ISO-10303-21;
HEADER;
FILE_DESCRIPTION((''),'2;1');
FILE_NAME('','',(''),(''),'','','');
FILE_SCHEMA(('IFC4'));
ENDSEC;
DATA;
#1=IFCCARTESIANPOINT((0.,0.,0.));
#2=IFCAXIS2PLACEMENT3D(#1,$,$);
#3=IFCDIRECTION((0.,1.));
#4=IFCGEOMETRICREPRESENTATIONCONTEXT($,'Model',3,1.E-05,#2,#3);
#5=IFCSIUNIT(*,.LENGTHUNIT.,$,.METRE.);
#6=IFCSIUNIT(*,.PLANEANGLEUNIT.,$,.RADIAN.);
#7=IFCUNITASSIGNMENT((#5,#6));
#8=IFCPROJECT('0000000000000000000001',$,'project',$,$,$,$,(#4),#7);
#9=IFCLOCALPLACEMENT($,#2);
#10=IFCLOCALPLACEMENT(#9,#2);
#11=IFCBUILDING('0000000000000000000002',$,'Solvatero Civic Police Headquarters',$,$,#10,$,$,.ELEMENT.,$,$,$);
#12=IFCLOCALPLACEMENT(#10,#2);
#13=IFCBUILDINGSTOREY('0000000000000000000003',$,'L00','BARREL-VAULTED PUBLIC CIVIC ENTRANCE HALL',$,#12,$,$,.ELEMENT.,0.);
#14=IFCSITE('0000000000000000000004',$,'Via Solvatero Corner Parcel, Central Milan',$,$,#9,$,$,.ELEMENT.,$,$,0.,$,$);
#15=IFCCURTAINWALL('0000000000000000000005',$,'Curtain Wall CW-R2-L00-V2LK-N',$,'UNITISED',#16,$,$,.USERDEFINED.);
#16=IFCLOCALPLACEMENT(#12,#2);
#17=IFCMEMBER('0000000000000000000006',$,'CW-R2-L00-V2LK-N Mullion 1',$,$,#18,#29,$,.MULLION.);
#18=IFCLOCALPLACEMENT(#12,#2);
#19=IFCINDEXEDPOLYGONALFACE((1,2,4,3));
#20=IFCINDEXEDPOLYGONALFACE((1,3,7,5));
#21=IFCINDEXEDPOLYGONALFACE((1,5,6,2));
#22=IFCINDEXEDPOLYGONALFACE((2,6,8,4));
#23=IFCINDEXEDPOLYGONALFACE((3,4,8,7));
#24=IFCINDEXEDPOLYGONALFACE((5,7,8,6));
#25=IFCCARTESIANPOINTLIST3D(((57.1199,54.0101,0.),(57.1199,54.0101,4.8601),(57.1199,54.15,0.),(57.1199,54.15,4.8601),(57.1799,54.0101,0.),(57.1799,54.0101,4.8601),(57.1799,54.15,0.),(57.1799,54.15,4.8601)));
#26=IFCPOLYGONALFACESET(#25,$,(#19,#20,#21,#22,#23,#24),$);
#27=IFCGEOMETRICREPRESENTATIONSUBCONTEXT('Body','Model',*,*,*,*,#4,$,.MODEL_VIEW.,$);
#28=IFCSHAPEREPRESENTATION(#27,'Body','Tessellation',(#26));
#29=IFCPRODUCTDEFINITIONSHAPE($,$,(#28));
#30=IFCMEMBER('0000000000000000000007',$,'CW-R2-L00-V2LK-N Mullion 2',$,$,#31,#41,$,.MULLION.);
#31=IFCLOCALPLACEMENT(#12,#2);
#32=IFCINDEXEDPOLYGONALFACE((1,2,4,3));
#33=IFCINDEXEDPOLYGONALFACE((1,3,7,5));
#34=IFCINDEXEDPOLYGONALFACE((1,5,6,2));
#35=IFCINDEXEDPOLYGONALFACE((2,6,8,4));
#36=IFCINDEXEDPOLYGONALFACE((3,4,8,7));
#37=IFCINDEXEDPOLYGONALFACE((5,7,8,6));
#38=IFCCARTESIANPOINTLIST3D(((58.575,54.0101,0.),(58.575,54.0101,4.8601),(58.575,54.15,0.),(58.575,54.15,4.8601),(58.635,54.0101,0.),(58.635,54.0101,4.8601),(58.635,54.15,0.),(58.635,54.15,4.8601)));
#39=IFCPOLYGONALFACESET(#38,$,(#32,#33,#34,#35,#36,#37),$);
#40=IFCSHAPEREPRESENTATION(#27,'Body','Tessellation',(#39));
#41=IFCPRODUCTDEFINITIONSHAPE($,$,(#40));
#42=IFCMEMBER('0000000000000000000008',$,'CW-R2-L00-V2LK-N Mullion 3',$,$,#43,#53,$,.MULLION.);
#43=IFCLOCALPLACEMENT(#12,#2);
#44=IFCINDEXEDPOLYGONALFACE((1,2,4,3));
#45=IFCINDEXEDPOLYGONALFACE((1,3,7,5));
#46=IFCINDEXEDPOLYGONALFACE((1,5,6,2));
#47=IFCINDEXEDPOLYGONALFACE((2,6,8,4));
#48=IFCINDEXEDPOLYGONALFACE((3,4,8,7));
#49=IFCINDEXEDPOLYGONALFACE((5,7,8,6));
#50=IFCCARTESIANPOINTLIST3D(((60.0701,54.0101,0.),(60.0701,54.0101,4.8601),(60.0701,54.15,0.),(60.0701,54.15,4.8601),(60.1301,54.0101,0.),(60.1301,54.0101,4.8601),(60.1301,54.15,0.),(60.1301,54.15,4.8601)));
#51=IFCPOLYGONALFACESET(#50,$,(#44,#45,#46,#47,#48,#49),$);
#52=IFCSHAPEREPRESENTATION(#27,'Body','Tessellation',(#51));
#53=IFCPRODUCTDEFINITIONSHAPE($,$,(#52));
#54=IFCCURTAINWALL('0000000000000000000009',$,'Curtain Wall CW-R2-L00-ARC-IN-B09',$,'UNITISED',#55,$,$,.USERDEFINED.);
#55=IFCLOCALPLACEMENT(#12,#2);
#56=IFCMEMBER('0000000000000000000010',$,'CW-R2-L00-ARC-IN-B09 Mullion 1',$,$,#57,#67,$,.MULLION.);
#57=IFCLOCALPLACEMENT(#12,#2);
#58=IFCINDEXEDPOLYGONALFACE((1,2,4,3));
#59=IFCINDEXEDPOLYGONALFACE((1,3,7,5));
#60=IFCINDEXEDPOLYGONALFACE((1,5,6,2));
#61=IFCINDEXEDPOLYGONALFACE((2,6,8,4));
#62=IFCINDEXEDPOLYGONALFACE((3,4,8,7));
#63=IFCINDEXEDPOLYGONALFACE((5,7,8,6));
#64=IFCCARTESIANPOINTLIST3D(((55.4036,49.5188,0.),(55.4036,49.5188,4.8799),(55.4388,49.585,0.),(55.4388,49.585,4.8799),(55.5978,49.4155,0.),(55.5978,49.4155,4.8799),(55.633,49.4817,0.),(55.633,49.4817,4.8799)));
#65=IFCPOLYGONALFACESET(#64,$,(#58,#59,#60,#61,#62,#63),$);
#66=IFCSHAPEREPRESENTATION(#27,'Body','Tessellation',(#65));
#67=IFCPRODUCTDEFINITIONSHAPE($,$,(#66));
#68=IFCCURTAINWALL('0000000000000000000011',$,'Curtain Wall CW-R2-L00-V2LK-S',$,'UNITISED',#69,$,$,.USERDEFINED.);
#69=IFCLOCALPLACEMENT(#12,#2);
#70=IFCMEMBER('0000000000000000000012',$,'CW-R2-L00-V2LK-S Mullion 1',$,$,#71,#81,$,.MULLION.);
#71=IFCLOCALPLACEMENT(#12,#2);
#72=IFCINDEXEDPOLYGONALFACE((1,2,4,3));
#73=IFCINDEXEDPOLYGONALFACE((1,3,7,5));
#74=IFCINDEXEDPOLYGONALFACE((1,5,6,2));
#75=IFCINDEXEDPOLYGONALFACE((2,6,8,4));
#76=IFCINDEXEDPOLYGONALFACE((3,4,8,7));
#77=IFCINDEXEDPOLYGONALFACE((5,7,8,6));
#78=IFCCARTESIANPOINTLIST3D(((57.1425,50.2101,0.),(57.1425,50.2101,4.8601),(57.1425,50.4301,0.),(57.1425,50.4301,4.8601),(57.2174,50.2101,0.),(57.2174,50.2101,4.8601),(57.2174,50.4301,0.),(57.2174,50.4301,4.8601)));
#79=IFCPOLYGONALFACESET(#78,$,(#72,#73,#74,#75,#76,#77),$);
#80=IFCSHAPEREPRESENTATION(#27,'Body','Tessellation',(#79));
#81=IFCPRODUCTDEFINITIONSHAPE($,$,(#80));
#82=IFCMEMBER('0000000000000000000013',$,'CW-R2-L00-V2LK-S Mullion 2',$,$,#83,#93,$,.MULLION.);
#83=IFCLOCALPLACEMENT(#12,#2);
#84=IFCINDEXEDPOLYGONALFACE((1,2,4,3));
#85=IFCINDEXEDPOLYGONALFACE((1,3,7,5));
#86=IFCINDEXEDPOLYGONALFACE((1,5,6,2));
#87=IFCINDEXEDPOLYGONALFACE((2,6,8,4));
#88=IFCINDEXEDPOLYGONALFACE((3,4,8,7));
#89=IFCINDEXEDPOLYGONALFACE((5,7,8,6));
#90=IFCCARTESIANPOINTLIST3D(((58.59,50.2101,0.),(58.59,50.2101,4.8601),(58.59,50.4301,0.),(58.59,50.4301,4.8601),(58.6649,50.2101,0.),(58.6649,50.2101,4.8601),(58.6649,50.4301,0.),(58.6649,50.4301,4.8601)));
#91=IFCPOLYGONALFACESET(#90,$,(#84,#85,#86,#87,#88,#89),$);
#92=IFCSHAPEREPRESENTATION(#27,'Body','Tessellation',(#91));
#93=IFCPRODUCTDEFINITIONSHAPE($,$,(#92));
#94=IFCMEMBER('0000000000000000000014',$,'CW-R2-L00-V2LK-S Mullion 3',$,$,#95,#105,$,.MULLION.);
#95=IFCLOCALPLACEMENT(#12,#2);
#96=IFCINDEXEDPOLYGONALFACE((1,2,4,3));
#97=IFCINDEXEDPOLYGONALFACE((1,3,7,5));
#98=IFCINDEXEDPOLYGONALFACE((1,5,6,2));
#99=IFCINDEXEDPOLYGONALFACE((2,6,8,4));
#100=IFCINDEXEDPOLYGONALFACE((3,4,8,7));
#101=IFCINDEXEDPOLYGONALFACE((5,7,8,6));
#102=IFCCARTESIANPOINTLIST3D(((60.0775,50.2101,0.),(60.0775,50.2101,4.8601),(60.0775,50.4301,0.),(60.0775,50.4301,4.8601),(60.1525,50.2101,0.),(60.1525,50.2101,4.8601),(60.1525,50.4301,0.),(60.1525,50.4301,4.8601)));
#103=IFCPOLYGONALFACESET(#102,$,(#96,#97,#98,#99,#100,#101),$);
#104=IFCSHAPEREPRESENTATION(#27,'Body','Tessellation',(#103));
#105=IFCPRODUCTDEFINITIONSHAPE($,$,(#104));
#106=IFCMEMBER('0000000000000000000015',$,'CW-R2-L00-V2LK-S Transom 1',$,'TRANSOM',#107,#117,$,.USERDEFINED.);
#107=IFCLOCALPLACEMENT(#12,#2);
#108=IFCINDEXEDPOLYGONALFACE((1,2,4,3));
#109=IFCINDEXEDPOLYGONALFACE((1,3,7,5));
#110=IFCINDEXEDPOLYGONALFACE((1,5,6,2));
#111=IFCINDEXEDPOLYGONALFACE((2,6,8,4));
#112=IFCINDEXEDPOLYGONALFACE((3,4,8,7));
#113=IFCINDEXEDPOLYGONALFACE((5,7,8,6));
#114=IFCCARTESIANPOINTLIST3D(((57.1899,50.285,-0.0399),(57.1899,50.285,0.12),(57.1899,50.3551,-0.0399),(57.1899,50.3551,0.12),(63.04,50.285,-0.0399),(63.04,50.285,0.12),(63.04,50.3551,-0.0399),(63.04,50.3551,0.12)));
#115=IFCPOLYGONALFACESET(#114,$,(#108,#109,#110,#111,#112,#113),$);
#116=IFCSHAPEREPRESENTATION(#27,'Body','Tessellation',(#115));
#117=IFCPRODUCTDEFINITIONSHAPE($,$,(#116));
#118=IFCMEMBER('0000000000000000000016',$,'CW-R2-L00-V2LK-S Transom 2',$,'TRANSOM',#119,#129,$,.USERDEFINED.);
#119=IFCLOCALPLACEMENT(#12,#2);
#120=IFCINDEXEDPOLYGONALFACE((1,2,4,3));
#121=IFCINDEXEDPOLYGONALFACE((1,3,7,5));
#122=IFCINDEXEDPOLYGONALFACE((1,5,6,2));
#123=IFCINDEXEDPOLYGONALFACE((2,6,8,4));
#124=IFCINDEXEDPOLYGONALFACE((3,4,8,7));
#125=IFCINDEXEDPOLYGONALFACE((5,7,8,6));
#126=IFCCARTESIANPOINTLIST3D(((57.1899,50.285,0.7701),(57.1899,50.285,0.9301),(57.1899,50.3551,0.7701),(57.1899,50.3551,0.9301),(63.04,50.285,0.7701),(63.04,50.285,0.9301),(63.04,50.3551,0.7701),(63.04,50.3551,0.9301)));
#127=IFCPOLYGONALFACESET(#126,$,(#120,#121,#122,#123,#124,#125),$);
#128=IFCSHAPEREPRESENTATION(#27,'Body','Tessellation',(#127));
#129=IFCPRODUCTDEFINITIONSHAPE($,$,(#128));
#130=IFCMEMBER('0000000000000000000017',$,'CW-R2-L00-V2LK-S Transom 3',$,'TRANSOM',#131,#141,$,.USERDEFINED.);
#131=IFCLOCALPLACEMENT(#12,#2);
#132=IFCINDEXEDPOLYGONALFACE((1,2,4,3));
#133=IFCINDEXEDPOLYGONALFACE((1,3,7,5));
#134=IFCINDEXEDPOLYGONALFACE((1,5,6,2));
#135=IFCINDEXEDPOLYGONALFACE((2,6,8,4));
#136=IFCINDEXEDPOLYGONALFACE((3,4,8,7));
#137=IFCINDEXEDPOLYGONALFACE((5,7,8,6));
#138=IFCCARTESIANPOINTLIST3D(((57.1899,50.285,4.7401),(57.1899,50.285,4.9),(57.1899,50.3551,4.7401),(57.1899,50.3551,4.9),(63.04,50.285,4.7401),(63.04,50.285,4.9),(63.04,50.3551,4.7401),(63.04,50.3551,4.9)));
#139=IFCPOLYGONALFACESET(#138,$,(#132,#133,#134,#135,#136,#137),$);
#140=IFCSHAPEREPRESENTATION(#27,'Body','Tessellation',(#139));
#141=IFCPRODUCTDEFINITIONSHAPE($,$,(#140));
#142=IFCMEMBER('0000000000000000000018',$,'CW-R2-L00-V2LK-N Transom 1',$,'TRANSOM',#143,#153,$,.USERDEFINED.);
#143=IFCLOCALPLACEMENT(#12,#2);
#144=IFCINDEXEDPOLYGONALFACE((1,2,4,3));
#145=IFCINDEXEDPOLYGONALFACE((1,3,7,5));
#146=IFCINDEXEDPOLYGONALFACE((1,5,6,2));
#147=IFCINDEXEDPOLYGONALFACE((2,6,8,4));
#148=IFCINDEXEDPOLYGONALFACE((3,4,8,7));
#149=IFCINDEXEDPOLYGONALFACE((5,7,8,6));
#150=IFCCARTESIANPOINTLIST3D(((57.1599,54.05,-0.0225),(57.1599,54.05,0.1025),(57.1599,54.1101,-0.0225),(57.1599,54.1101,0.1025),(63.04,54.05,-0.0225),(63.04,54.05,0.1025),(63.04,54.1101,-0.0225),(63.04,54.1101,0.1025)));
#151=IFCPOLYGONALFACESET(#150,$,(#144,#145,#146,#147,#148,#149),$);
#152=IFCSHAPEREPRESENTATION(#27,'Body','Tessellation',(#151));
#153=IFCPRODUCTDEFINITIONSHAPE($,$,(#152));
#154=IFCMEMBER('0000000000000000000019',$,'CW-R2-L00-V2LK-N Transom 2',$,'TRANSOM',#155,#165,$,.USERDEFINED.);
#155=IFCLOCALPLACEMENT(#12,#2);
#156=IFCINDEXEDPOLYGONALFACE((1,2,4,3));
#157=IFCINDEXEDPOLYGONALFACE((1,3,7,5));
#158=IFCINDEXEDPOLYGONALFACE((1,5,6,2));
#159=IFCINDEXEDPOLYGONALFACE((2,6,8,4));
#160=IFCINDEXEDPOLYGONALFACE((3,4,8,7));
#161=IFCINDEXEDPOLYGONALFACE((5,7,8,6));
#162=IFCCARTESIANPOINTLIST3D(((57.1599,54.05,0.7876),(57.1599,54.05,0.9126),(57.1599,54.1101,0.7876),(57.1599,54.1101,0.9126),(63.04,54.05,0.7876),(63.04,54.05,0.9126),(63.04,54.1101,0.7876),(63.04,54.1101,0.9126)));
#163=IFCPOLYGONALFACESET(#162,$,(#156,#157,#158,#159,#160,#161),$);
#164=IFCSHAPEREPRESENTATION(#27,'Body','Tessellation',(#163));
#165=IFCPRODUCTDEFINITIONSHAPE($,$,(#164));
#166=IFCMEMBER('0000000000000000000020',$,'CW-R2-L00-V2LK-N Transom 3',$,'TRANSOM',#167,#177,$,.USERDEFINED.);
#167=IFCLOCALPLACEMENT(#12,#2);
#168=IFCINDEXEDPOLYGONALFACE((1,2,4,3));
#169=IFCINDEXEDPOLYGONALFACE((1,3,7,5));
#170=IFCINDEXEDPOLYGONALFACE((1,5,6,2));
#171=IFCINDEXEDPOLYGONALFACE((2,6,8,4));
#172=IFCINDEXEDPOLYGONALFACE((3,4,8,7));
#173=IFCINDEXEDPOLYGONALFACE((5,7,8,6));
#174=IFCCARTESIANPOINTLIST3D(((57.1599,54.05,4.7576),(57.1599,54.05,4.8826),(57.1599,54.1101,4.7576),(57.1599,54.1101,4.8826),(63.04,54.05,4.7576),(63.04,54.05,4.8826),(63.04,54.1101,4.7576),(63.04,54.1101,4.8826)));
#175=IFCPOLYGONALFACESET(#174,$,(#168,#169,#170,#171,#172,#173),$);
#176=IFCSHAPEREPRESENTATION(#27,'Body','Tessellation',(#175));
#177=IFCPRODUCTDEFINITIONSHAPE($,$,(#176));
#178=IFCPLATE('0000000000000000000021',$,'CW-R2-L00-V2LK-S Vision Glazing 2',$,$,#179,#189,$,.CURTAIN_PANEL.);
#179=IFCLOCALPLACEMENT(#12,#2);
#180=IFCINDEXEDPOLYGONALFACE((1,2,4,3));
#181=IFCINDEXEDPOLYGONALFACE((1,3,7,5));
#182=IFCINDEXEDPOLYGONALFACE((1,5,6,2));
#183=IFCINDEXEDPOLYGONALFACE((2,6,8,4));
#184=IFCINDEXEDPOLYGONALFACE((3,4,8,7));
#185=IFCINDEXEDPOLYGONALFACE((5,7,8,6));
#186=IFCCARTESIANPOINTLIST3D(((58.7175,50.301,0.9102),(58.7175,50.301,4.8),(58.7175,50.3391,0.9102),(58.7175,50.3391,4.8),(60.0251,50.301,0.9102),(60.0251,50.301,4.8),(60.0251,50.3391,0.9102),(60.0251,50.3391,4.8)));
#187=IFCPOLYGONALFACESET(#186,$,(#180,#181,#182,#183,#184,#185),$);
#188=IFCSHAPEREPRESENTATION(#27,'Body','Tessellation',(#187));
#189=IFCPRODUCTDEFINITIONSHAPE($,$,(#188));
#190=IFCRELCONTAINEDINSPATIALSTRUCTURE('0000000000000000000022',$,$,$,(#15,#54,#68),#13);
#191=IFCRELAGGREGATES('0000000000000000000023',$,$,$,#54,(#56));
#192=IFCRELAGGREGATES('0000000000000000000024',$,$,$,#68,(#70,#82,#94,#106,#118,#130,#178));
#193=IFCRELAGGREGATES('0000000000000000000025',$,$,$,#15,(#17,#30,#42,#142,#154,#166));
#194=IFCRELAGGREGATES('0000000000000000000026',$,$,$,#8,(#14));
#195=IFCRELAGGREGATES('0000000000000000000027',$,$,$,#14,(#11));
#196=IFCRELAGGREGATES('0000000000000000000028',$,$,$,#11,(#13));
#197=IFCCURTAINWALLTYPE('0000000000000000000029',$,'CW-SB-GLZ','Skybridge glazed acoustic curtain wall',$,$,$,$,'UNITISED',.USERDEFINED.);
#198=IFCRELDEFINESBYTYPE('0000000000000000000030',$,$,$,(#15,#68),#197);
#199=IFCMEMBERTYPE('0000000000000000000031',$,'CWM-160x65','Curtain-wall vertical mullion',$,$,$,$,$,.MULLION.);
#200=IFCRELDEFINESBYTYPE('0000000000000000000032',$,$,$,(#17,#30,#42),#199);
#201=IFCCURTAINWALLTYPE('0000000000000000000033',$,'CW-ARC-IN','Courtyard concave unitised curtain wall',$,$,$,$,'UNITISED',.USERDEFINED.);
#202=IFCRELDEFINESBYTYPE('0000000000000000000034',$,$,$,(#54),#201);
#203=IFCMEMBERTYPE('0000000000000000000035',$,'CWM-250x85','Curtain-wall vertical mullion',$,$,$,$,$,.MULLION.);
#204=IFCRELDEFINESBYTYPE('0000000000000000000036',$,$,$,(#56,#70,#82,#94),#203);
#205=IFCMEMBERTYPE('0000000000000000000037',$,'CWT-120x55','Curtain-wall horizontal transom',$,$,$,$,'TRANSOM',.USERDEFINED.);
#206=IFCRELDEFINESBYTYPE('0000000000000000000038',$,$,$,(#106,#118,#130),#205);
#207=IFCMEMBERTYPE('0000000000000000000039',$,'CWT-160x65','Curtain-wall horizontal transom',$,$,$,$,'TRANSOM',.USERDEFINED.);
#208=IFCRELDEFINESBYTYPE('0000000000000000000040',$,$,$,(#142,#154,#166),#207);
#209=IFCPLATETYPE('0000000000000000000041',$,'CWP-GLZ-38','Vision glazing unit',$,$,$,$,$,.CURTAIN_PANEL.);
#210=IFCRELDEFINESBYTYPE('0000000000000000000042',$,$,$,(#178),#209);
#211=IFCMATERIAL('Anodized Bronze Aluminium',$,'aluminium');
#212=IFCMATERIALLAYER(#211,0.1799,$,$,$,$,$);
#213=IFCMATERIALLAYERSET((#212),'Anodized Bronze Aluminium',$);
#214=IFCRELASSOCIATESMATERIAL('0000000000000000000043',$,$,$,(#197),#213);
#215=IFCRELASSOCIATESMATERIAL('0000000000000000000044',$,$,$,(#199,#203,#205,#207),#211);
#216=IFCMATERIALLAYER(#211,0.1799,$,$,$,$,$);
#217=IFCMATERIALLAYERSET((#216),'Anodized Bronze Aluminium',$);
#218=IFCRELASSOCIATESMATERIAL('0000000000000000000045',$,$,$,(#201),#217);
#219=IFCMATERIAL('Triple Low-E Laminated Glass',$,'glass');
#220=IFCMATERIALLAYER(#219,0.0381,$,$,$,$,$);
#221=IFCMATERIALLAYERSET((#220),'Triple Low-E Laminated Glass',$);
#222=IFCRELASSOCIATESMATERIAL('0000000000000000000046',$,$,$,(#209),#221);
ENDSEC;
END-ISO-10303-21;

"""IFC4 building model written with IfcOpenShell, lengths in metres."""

from ifc_helpers import new_model, si_unit, direction, frame, origin, origin_2d, place, context, subcontext, project, spatial, rectangle, extrude, material, layer, layer_set, material_profile, profile_set, type_object, element, aggregate, save


model = new_model("IFC4")

# Units and contexts
model_context = context("Model", 3, precision=1e-05, world=origin(), true_north=direction((0.0, 1.0)))
body_context = subcontext(model_context, "Body", "Model", "MODEL_VIEW")
ifc_project = project(units=[si_unit("LENGTHUNIT", "METRE"), si_unit("PLANEANGLEUNIT", "RADIAN")], contexts=[model_context])

# Site, building, storey
site_placement = place(None, origin())
site = spatial("IfcSite", under=ifc_project, at=site_placement, Name="Via Solvatero Corner Parcel, Central Milan", CompositionType="ELEMENT", RefElevation=0.0)
building_placement = place(site_placement, origin())
building = spatial("IfcBuilding", under=site, at=building_placement, Name="Solvatero Civic Police Headquarters", CompositionType="ELEMENT")
storey_placement = place(building_placement, origin())
storey = spatial("IfcBuildingStorey", under=building, at=storey_placement, Name="L00", Description="BARREL-VAULTED PUBLIC CIVIC ENTRANCE HALL", CompositionType="ELEMENT", Elevation=0.0)

# Curtain wall, members
ifc_material_1 = material(Name="Anodized Bronze Aluminium", Category="aluminium")
ifc_layer_1 = layer(ifc_material_1, 0.1799)
ifc_layer_set_1 = layer_set([ifc_layer_1], Name="Anodized Bronze Aluminium")
curtain_wall_type_1 = type_object("IfcCurtainWallType", Name="CW-SB-GLZ", Description="Skybridge glazed acoustic curtain wall", ElementType="UNITISED", PredefinedType="USERDEFINED", material=ifc_layer_set_1)
curtain_wall_1_placement = place(storey_placement, origin())
curtain_wall_1 = element("IfcCurtainWall", 1, at=curtain_wall_1_placement, inside=storey, type_object=curtain_wall_type_1, Name="Curtain Wall CW-R2-L00-V2LK-N", ObjectType="UNITISED", PredefinedType="USERDEFINED")
ifc_material_profile_1 = material_profile(ifc_material_1, rectangle(XDim=0.0601, YDim=0.1399, at=origin_2d()), Name="ALU MULLION 60x140")
ifc_profile_set_1 = profile_set([ifc_material_profile_1], Name="Anodized Bronze Aluminium")
member_type_1 = type_object("IfcMemberType", Name="CWM-160x65", Description="Curtain-wall vertical mullion", PredefinedType="MULLION", material=ifc_profile_set_1)
member_1_placement = place(storey_placement, frame((57.1499, 54.0801, 0.0), z_axis=(0.0, 0.0, 1.0), x_axis=(1.0, 0.0, 0.0)))
member_1 = element("IfcMember", 2, at=member_1_placement, type_object=member_type_1, Name="CW-R2-L00-V2LK-N Mullion 1", PredefinedType="MULLION", context=body_context, shape_type="SweptSolid", body=[
    extrude(rectangle(XDim=0.0601, YDim=0.1399, at=origin_2d()), origin(), (0.0, 0.0, 1.0), 4.8601),
])
member_2_placement = place(storey_placement, frame((58.605, 54.0801, 0.0), z_axis=(0.0, 0.0, 1.0), x_axis=(1.0, 0.0, 0.0)))
member_2 = element("IfcMember", 3, at=member_2_placement, type_object=member_type_1, Name="CW-R2-L00-V2LK-N Mullion 2", PredefinedType="MULLION", context=body_context, shape_type="SweptSolid", body=[
    extrude(rectangle(XDim=0.0601, YDim=0.1399, at=origin_2d()), origin(), (0.0, 0.0, 1.0), 4.8601),
])
member_3_placement = place(storey_placement, frame((60.1001, 54.0801, 0.0), z_axis=(0.0, 0.0, 1.0), x_axis=(1.0, 0.0, 0.0)))
member_3 = element("IfcMember", 4, at=member_3_placement, type_object=member_type_1, Name="CW-R2-L00-V2LK-N Mullion 3", PredefinedType="MULLION", context=body_context, shape_type="SweptSolid", body=[
    extrude(rectangle(XDim=0.0601, YDim=0.1399, at=origin_2d()), origin(), (0.0, 0.0, 1.0), 4.8601),
])

# Curtain wall, member
ifc_layer_2 = layer(ifc_material_1, 0.1799)
ifc_layer_set_2 = layer_set([ifc_layer_2], Name="Anodized Bronze Aluminium")
curtain_wall_type_2 = type_object("IfcCurtainWallType", Name="CW-ARC-IN", Description="Courtyard concave unitised curtain wall", ElementType="UNITISED", PredefinedType="USERDEFINED", material=ifc_layer_set_2)
curtain_wall_2_placement = place(storey_placement, origin())
curtain_wall_2 = element("IfcCurtainWall", 5, at=curtain_wall_2_placement, inside=storey, type_object=curtain_wall_type_2, Name="Curtain Wall CW-R2-L00-ARC-IN-B09", ObjectType="UNITISED", PredefinedType="USERDEFINED")
ifc_material_profile_2 = material_profile(ifc_material_1, rectangle(XDim=0.075, YDim=0.22, at=origin_2d()), Name="ALU MULLION 75x220")
ifc_profile_set_2 = profile_set([ifc_material_profile_2], Name="Anodized Bronze Aluminium")
member_type_2 = type_object("IfcMemberType", Name="CWM-250x85", Description="Curtain-wall vertical mullion", PredefinedType="MULLION", material=ifc_profile_set_2)
member_4_placement = place(storey_placement, frame((55.5183, 49.5002, 0.0), z_axis=(0.0, 0.0, 1.0), x_axis=(-0.469487, -0.882939, 0.0)))
member_4 = element("IfcMember", 6, at=member_4_placement, type_object=member_type_2, Name="CW-R2-L00-ARC-IN-B09 Mullion 1", PredefinedType="MULLION", context=body_context, shape_type="SweptSolid", body=[
    extrude(rectangle(XDim=0.075, YDim=0.22, at=origin_2d()), origin(), (0.0, 0.0, 1.0), 4.8799),
])
aggregate(curtain_wall_2, [member_4])

# Curtain wall, members
curtain_wall_3_placement = place(storey_placement, origin())
curtain_wall_3 = element("IfcCurtainWall", 7, at=curtain_wall_3_placement, inside=storey, type_object=curtain_wall_type_1, Name="Curtain Wall CW-R2-L00-V2LK-S", ObjectType="UNITISED", PredefinedType="USERDEFINED")
member_5_placement = place(storey_placement, frame((57.1799, 50.3201, 0.0), z_axis=(0.0, 0.0, 1.0), x_axis=(1.0, 0.0, 0.0)))
member_5 = element("IfcMember", 8, at=member_5_placement, type_object=member_type_2, Name="CW-R2-L00-V2LK-S Mullion 1", PredefinedType="MULLION", context=body_context, shape_type="SweptSolid", body=[
    extrude(rectangle(XDim=0.075, YDim=0.22, at=origin_2d()), origin(), (0.0, 0.0, 1.0), 4.8601),
])
member_6_placement = place(storey_placement, frame((58.6274, 50.3201, 0.0), z_axis=(0.0, 0.0, 1.0), x_axis=(1.0, 0.0, 0.0)))
member_6 = element("IfcMember", 9, at=member_6_placement, type_object=member_type_2, Name="CW-R2-L00-V2LK-S Mullion 2", PredefinedType="MULLION", context=body_context, shape_type="SweptSolid", body=[
    extrude(rectangle(XDim=0.075, YDim=0.22, at=origin_2d()), origin(), (0.0, 0.0, 1.0), 4.8601),
])
member_7_placement = place(storey_placement, frame((60.115, 50.3201, 0.0), z_axis=(0.0, 0.0, 1.0), x_axis=(1.0, 0.0, 0.0)))
member_7 = element("IfcMember", 10, at=member_7_placement, type_object=member_type_2, Name="CW-R2-L00-V2LK-S Mullion 3", PredefinedType="MULLION", context=body_context, shape_type="SweptSolid", body=[
    extrude(rectangle(XDim=0.075, YDim=0.22, at=origin_2d()), origin(), (0.0, 0.0, 1.0), 4.8601),
])
ifc_material_profile_3 = material_profile(ifc_material_1, rectangle(XDim=0.0701, YDim=0.1599, at=origin_2d()), Name="ALU TRANSOM 70x160")
ifc_profile_set_3 = profile_set([ifc_material_profile_3], Name="Anodized Bronze Aluminium")
member_type_3 = type_object("IfcMemberType", Name="CWT-120x55", Description="Curtain-wall horizontal transom", ElementType="TRANSOM", PredefinedType="USERDEFINED", material=ifc_profile_set_3)
member_8_placement = place(storey_placement, frame((57.1899, 50.3201, 0.04), z_axis=(1.0, 0.0, 0.0), x_axis=(0.0, 1.0, 0.0)))
member_8 = element("IfcMember", 11, at=member_8_placement, type_object=member_type_3, Name="CW-R2-L00-V2LK-S Transom 1", ObjectType="TRANSOM", PredefinedType="USERDEFINED", context=body_context, shape_type="SweptSolid", body=[
    extrude(rectangle(XDim=0.0701, YDim=0.1599, at=origin_2d()), origin(), (0.0, 0.0, 1.0), 5.8501),
])
member_9_placement = place(storey_placement, frame((57.1899, 50.3201, 0.8501), z_axis=(1.0, 0.0, 0.0), x_axis=(0.0, 1.0, 0.0)))
member_9 = element("IfcMember", 12, at=member_9_placement, type_object=member_type_3, Name="CW-R2-L00-V2LK-S Transom 2", ObjectType="TRANSOM", PredefinedType="USERDEFINED", context=body_context, shape_type="SweptSolid", body=[
    extrude(rectangle(XDim=0.0701, YDim=0.1599, at=origin_2d()), origin(), (0.0, 0.0, 1.0), 5.8501),
])
member_10_placement = place(storey_placement, frame((57.1899, 50.3201, 4.8201), z_axis=(1.0, 0.0, 0.0), x_axis=(0.0, 1.0, 0.0)))
member_10 = element("IfcMember", 13, at=member_10_placement, type_object=member_type_3, Name="CW-R2-L00-V2LK-S Transom 3", ObjectType="TRANSOM", PredefinedType="USERDEFINED", context=body_context, shape_type="SweptSolid", body=[
    extrude(rectangle(XDim=0.0701, YDim=0.1599, at=origin_2d()), origin(), (0.0, 0.0, 1.0), 5.8501),
])

# Members
ifc_material_profile_4 = material_profile(ifc_material_1, rectangle(XDim=0.0601, YDim=0.125, at=origin_2d()), Name="ALU TRANSOM 60x125")
ifc_profile_set_4 = profile_set([ifc_material_profile_4], Name="Anodized Bronze Aluminium")
member_type_4 = type_object("IfcMemberType", Name="CWT-160x65", Description="Curtain-wall horizontal transom", ElementType="TRANSOM", PredefinedType="USERDEFINED", material=ifc_profile_set_4)
member_11_placement = place(storey_placement, frame((57.1599, 54.0801, 0.04), z_axis=(1.0, 0.0, 0.0), x_axis=(0.0, 1.0, 0.0)))
member_11 = element("IfcMember", 14, at=member_11_placement, type_object=member_type_4, Name="CW-R2-L00-V2LK-N Transom 1", ObjectType="TRANSOM", PredefinedType="USERDEFINED", context=body_context, shape_type="SweptSolid", body=[
    extrude(rectangle(XDim=0.0601, YDim=0.125, at=origin_2d()), origin(), (0.0, 0.0, 1.0), 5.8801),
])
member_12_placement = place(storey_placement, frame((57.1599, 54.0801, 0.8501), z_axis=(1.0, 0.0, 0.0), x_axis=(0.0, 1.0, 0.0)))
member_12 = element("IfcMember", 15, at=member_12_placement, type_object=member_type_4, Name="CW-R2-L00-V2LK-N Transom 2", ObjectType="TRANSOM", PredefinedType="USERDEFINED", context=body_context, shape_type="SweptSolid", body=[
    extrude(rectangle(XDim=0.0601, YDim=0.125, at=origin_2d()), origin(), (0.0, 0.0, 1.0), 5.8801),
])
member_13_placement = place(storey_placement, frame((57.1599, 54.0801, 4.8201), z_axis=(1.0, 0.0, 0.0), x_axis=(0.0, 1.0, 0.0)))
member_13 = element("IfcMember", 16, at=member_13_placement, type_object=member_type_4, Name="CW-R2-L00-V2LK-N Transom 3", ObjectType="TRANSOM", PredefinedType="USERDEFINED", context=body_context, shape_type="SweptSolid", body=[
    extrude(rectangle(XDim=0.0601, YDim=0.125, at=origin_2d()), origin(), (0.0, 0.0, 1.0), 5.8801),
])

# Plate
ifc_material_2 = material(Name="Triple Low-E Laminated Glass", Category="glass")
ifc_layer_3 = layer(ifc_material_2, 0.0381)
ifc_layer_set_3 = layer_set([ifc_layer_3], Name="Triple Low-E Laminated Glass")
plate_type_1 = type_object("IfcPlateType", Name="CWP-GLZ-38", Description="Vision glazing unit", PredefinedType="CURTAIN_PANEL", material=ifc_layer_set_3)
plate_1_placement = place(storey_placement, frame((59.3713, 50.3201, 0.9102), z_axis=(0.0, 0.0, 1.0), x_axis=(1.0, 0.0, 0.0)))
plate_1 = element("IfcPlate", 17, at=plate_1_placement, type_object=plate_type_1, Name="CW-R2-L00-V2LK-S Vision Glazing 2", PredefinedType="CURTAIN_PANEL", context=body_context, shape_type="SweptSolid", body=[
    extrude(rectangle(XDim=1.3076, YDim=0.0381, at=origin_2d()), origin(), (0.0, 0.0, 1.0), 3.8899),
])
aggregate(curtain_wall_3, [member_5, member_6, member_7, member_8, member_9, member_10, plate_1])
aggregate(curtain_wall_1, [member_1, member_2, member_3, member_11, member_12, member_13])

save(model, "model.ifc")
